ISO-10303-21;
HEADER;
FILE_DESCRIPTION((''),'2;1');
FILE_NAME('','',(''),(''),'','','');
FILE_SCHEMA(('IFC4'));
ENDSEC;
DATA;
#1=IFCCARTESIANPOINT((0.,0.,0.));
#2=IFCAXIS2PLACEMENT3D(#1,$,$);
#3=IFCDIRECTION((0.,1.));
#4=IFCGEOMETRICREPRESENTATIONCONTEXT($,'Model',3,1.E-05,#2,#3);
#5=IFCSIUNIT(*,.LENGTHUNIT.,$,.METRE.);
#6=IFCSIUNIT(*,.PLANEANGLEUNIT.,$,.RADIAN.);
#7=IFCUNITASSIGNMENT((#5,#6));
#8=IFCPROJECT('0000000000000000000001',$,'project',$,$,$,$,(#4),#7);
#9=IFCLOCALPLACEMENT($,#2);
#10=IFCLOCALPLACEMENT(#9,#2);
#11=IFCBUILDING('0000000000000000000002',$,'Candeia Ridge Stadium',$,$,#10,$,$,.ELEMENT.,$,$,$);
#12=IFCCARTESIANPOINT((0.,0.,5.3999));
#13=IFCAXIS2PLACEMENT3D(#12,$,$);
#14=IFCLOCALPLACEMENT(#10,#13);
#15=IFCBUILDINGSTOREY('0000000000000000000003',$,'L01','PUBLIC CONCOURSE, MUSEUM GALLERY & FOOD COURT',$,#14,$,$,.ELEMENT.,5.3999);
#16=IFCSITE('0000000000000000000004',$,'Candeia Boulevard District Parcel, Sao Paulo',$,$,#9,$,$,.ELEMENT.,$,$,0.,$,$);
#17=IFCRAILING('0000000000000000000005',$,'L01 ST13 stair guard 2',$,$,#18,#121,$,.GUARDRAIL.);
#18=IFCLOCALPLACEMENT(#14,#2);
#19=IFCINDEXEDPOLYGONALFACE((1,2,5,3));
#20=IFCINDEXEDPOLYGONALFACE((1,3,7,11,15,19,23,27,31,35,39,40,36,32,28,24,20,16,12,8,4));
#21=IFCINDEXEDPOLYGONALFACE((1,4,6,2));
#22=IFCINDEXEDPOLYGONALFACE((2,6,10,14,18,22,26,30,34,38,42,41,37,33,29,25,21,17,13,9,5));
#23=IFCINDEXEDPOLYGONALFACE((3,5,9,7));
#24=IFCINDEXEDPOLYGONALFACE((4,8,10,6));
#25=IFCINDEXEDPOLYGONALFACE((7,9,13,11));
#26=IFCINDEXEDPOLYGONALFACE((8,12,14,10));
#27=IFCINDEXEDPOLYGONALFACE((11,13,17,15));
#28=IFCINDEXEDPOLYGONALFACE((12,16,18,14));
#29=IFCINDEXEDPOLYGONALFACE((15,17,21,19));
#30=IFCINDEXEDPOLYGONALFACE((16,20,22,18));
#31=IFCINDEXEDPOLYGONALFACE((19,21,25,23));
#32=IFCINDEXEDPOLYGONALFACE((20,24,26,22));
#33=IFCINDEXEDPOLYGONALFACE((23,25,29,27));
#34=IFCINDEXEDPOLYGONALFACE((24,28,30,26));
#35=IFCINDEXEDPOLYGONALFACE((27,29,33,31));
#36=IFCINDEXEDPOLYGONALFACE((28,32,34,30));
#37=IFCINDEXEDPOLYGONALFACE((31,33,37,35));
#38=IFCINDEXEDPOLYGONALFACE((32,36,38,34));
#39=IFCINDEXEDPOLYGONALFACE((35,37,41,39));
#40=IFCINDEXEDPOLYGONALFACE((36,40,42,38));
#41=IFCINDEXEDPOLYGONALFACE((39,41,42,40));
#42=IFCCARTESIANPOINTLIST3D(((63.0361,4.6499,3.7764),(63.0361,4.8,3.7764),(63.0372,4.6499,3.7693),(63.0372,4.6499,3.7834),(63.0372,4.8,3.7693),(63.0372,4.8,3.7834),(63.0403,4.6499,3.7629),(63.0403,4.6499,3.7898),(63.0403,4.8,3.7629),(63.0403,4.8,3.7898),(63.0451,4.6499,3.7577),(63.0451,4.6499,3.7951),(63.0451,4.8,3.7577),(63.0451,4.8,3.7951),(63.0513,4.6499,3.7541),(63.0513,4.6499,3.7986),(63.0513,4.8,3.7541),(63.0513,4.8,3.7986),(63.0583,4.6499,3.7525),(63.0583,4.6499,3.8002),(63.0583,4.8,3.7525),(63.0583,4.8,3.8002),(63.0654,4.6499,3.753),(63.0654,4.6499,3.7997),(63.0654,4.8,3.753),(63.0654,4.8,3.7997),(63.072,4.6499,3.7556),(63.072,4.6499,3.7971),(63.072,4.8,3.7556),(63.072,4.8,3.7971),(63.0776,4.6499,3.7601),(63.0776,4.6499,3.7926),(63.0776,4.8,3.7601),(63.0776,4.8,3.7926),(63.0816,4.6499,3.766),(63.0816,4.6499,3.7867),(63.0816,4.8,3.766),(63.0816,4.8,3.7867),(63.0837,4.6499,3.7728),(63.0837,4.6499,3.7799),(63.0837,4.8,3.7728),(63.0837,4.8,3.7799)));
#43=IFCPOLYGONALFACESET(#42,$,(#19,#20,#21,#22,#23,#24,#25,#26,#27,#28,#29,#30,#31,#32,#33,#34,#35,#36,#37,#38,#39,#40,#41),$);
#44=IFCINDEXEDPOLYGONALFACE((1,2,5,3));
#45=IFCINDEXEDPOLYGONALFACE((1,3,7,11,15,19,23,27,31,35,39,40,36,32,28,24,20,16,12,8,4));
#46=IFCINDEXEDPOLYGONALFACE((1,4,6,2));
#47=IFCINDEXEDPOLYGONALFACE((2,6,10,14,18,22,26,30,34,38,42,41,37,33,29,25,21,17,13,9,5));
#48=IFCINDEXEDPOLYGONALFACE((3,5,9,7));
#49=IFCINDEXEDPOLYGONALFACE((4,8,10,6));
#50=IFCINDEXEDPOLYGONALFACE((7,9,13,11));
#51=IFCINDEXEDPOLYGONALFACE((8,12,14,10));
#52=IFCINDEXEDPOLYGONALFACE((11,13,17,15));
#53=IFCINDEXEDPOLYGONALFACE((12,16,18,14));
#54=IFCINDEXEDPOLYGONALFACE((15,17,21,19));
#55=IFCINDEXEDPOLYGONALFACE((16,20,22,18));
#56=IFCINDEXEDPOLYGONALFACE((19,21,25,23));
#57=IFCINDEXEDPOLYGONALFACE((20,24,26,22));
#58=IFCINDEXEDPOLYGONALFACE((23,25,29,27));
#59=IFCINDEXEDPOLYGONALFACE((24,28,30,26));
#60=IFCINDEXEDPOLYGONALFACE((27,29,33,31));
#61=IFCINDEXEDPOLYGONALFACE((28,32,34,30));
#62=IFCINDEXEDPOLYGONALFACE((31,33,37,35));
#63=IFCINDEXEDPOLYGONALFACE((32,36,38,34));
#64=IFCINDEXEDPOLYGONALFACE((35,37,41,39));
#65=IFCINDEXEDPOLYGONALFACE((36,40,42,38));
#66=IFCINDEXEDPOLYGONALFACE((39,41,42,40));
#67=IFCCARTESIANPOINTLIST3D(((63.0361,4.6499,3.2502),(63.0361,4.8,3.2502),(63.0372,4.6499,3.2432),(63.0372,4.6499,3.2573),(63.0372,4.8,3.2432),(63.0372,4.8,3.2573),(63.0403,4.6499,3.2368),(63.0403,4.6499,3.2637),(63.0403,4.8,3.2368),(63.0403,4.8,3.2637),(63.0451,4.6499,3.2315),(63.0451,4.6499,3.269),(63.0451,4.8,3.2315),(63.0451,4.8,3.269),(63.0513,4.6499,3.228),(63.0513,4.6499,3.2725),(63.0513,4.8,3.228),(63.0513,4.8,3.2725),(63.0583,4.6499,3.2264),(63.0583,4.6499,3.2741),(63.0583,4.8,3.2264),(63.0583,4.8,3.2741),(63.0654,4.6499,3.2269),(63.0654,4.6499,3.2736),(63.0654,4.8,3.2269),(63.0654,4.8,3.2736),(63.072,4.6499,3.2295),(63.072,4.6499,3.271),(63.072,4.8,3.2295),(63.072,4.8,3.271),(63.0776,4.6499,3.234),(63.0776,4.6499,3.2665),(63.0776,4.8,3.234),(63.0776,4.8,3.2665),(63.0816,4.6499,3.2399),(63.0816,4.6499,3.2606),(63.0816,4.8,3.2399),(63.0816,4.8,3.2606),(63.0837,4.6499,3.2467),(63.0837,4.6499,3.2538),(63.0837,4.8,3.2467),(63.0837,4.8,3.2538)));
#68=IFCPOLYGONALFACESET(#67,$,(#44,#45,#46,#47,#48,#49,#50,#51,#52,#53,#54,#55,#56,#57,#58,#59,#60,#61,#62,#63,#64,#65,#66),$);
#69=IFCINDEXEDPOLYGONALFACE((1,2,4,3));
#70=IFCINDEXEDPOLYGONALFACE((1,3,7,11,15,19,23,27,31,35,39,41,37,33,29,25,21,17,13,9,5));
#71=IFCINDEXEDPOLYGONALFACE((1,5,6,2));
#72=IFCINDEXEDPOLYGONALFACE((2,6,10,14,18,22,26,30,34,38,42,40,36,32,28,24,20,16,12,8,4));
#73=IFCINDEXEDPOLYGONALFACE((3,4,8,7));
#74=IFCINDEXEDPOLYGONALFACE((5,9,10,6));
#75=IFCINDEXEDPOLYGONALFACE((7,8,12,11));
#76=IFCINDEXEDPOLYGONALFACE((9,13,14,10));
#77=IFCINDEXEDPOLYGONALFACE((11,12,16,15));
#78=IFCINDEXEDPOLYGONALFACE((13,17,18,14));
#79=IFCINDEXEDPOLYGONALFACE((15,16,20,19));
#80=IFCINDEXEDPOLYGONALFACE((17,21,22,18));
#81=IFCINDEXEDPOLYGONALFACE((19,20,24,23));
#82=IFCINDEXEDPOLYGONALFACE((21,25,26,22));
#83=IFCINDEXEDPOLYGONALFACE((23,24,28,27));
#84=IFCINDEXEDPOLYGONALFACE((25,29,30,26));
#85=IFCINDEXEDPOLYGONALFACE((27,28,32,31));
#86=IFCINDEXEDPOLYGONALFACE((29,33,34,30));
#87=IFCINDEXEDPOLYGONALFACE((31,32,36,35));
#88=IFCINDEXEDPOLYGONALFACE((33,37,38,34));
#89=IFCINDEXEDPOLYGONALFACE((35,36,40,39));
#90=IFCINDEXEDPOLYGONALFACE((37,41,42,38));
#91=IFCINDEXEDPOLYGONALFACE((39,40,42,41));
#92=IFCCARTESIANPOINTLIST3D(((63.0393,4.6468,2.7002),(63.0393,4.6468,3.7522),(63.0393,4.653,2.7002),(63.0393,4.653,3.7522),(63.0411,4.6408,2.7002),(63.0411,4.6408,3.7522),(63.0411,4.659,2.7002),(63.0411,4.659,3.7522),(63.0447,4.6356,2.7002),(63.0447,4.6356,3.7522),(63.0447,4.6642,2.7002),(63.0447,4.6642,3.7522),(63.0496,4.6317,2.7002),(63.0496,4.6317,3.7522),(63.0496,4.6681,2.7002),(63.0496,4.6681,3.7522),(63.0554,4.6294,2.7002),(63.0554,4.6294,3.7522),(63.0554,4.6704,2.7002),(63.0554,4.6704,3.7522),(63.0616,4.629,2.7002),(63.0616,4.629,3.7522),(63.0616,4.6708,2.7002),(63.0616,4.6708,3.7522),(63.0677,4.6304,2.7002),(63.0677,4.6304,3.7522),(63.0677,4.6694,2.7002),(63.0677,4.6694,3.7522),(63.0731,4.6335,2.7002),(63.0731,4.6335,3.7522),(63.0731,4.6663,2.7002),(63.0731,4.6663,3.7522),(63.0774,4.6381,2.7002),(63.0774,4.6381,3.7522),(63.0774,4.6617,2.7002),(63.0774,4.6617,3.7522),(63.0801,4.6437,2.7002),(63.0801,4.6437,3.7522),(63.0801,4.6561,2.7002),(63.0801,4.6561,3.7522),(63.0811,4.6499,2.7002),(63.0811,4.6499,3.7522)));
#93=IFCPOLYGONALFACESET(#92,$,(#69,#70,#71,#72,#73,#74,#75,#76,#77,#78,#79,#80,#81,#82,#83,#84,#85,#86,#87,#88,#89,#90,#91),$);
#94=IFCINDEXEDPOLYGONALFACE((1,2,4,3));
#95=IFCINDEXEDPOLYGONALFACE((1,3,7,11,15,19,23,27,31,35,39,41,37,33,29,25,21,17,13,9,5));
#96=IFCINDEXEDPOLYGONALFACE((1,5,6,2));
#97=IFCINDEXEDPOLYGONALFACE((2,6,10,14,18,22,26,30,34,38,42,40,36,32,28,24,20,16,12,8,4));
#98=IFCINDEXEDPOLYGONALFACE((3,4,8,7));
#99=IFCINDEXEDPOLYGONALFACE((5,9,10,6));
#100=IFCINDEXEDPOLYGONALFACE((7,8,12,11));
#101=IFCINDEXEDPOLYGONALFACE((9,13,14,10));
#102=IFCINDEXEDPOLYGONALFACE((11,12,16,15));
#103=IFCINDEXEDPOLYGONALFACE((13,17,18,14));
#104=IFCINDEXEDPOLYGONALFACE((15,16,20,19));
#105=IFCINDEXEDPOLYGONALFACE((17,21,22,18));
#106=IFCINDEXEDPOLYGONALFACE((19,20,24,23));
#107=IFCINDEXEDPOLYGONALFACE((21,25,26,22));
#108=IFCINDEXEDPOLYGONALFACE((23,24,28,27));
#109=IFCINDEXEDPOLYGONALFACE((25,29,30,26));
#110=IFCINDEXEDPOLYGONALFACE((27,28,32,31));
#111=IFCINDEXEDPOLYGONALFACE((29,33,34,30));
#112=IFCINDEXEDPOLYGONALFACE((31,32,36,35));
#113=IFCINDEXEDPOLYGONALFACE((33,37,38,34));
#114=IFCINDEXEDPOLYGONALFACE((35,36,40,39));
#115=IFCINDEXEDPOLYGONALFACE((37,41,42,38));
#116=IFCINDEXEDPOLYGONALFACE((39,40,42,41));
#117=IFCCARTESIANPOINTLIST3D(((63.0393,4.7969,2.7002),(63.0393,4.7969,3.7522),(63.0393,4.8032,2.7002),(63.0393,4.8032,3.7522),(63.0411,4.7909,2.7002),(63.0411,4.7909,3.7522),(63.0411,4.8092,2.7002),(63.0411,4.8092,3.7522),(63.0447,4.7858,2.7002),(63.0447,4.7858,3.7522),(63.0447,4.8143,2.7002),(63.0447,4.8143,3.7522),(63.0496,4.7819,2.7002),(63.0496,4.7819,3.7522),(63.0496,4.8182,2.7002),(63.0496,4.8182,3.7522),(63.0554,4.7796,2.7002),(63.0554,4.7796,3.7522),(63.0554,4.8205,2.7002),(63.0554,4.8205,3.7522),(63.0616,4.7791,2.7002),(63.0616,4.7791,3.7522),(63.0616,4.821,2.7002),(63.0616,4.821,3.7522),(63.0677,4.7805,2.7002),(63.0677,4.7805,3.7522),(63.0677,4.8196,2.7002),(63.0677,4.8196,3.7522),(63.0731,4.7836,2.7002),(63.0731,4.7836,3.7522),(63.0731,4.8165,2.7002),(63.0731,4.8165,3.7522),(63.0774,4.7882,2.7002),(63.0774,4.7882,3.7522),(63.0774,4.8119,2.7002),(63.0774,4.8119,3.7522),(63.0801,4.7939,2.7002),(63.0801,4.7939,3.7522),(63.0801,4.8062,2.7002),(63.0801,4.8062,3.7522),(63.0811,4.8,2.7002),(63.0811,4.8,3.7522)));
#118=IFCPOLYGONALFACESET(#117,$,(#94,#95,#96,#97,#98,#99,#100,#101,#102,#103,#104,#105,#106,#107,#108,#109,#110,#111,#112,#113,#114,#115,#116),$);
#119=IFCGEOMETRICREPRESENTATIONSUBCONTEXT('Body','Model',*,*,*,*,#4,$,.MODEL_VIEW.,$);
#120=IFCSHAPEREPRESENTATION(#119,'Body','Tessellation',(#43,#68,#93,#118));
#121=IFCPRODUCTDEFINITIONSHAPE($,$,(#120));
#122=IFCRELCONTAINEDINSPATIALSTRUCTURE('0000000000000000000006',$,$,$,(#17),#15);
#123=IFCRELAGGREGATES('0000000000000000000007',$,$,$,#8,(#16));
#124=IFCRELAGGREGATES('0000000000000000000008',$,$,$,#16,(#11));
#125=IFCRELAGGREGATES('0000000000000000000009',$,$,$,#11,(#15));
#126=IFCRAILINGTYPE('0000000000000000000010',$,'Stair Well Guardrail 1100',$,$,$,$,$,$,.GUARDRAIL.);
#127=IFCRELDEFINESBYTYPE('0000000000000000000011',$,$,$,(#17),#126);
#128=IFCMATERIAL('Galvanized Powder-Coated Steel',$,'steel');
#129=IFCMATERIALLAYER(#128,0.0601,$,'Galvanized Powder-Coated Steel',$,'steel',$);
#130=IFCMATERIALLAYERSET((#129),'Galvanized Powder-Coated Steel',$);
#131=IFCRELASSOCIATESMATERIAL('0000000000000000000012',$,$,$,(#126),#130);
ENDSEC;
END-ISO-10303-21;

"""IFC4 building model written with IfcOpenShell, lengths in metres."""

from ifc_helpers import new_model, si_unit, direction, frame, origin, origin_2d, place, context, subcontext, project, spatial, circle, extrude, material, layer, layer_set, type_object, element, save


model = new_model("IFC4")

# Units and contexts
model_context = context("Model", 3, precision=1e-05, world=origin(), true_north=direction((0.0, 1.0)))
body_context = subcontext(model_context, "Body", "Model", "MODEL_VIEW")
ifc_project = project(units=[si_unit("LENGTHUNIT", "METRE"), si_unit("PLANEANGLEUNIT", "RADIAN")], contexts=[model_context])

# Site, building, storey
site_placement = place(None, origin())
site = spatial("IfcSite", under=ifc_project, at=site_placement, Name="Candeia Boulevard District Parcel, Sao Paulo", CompositionType="ELEMENT", RefElevation=0.0)
building_placement = place(site_placement, origin())
building = spatial("IfcBuilding", under=site, at=building_placement, Name="Candeia Ridge Stadium", CompositionType="ELEMENT")
storey_placement = place(building_placement, frame((0.0, 0.0, 5.3999)))
storey = spatial("IfcBuildingStorey", under=building, at=storey_placement, Name="L01", Description="PUBLIC CONCOURSE, MUSEUM GALLERY & FOOD COURT", CompositionType="ELEMENT", Elevation=5.3999)

# Railing
ifc_material_1 = material(Name="Galvanized Powder-Coated Steel", Category="steel")
ifc_layer_1 = layer(ifc_material_1, 0.0601, Name="Galvanized Powder-Coated Steel", Category="steel")
ifc_layer_set_1 = layer_set([ifc_layer_1], Name="Galvanized Powder-Coated Steel")
railing_type_1 = type_object("IfcRailingType", Name="Stair Well Guardrail 1100", PredefinedType="GUARDRAIL", material=ifc_layer_set_1)
railing_1_placement = place(storey_placement, frame((63.0601, 4.6499, 2.7002)))
element("IfcRailing", 1, at=railing_1_placement, inside=storey, type_object=railing_type_1, Name="L01 ST13 stair guard 2", PredefinedType="GUARDRAIL", context=body_context, shape_type="SweptSolid", body=[
    extrude(circle(Radius=0.0239, at=origin_2d()), frame((0.0, 0.0, 1.0762), z_axis=(0.0, 1.0, 0.0), x_axis=(-1.0, 0.0, 0.0)), (0.0, 0.0, 1.0), 0.1501),
    extrude(circle(Radius=0.0239, at=origin_2d()), frame((0.0, 0.0, 0.55), z_axis=(0.0, 1.0, 0.0), x_axis=(-1.0, 0.0, 0.0)), (0.0, 0.0, 1.0), 0.1501),
    extrude(circle(Radius=0.021, at=origin_2d()), origin(), (0.0, 0.0, 1.0), 1.052),
    extrude(circle(Radius=0.021, at=origin_2d()), frame((0.0, 0.1501, 0.0)), (0.0, 0.0, 1.0), 1.052),
])

save(model, "model.ifc")
